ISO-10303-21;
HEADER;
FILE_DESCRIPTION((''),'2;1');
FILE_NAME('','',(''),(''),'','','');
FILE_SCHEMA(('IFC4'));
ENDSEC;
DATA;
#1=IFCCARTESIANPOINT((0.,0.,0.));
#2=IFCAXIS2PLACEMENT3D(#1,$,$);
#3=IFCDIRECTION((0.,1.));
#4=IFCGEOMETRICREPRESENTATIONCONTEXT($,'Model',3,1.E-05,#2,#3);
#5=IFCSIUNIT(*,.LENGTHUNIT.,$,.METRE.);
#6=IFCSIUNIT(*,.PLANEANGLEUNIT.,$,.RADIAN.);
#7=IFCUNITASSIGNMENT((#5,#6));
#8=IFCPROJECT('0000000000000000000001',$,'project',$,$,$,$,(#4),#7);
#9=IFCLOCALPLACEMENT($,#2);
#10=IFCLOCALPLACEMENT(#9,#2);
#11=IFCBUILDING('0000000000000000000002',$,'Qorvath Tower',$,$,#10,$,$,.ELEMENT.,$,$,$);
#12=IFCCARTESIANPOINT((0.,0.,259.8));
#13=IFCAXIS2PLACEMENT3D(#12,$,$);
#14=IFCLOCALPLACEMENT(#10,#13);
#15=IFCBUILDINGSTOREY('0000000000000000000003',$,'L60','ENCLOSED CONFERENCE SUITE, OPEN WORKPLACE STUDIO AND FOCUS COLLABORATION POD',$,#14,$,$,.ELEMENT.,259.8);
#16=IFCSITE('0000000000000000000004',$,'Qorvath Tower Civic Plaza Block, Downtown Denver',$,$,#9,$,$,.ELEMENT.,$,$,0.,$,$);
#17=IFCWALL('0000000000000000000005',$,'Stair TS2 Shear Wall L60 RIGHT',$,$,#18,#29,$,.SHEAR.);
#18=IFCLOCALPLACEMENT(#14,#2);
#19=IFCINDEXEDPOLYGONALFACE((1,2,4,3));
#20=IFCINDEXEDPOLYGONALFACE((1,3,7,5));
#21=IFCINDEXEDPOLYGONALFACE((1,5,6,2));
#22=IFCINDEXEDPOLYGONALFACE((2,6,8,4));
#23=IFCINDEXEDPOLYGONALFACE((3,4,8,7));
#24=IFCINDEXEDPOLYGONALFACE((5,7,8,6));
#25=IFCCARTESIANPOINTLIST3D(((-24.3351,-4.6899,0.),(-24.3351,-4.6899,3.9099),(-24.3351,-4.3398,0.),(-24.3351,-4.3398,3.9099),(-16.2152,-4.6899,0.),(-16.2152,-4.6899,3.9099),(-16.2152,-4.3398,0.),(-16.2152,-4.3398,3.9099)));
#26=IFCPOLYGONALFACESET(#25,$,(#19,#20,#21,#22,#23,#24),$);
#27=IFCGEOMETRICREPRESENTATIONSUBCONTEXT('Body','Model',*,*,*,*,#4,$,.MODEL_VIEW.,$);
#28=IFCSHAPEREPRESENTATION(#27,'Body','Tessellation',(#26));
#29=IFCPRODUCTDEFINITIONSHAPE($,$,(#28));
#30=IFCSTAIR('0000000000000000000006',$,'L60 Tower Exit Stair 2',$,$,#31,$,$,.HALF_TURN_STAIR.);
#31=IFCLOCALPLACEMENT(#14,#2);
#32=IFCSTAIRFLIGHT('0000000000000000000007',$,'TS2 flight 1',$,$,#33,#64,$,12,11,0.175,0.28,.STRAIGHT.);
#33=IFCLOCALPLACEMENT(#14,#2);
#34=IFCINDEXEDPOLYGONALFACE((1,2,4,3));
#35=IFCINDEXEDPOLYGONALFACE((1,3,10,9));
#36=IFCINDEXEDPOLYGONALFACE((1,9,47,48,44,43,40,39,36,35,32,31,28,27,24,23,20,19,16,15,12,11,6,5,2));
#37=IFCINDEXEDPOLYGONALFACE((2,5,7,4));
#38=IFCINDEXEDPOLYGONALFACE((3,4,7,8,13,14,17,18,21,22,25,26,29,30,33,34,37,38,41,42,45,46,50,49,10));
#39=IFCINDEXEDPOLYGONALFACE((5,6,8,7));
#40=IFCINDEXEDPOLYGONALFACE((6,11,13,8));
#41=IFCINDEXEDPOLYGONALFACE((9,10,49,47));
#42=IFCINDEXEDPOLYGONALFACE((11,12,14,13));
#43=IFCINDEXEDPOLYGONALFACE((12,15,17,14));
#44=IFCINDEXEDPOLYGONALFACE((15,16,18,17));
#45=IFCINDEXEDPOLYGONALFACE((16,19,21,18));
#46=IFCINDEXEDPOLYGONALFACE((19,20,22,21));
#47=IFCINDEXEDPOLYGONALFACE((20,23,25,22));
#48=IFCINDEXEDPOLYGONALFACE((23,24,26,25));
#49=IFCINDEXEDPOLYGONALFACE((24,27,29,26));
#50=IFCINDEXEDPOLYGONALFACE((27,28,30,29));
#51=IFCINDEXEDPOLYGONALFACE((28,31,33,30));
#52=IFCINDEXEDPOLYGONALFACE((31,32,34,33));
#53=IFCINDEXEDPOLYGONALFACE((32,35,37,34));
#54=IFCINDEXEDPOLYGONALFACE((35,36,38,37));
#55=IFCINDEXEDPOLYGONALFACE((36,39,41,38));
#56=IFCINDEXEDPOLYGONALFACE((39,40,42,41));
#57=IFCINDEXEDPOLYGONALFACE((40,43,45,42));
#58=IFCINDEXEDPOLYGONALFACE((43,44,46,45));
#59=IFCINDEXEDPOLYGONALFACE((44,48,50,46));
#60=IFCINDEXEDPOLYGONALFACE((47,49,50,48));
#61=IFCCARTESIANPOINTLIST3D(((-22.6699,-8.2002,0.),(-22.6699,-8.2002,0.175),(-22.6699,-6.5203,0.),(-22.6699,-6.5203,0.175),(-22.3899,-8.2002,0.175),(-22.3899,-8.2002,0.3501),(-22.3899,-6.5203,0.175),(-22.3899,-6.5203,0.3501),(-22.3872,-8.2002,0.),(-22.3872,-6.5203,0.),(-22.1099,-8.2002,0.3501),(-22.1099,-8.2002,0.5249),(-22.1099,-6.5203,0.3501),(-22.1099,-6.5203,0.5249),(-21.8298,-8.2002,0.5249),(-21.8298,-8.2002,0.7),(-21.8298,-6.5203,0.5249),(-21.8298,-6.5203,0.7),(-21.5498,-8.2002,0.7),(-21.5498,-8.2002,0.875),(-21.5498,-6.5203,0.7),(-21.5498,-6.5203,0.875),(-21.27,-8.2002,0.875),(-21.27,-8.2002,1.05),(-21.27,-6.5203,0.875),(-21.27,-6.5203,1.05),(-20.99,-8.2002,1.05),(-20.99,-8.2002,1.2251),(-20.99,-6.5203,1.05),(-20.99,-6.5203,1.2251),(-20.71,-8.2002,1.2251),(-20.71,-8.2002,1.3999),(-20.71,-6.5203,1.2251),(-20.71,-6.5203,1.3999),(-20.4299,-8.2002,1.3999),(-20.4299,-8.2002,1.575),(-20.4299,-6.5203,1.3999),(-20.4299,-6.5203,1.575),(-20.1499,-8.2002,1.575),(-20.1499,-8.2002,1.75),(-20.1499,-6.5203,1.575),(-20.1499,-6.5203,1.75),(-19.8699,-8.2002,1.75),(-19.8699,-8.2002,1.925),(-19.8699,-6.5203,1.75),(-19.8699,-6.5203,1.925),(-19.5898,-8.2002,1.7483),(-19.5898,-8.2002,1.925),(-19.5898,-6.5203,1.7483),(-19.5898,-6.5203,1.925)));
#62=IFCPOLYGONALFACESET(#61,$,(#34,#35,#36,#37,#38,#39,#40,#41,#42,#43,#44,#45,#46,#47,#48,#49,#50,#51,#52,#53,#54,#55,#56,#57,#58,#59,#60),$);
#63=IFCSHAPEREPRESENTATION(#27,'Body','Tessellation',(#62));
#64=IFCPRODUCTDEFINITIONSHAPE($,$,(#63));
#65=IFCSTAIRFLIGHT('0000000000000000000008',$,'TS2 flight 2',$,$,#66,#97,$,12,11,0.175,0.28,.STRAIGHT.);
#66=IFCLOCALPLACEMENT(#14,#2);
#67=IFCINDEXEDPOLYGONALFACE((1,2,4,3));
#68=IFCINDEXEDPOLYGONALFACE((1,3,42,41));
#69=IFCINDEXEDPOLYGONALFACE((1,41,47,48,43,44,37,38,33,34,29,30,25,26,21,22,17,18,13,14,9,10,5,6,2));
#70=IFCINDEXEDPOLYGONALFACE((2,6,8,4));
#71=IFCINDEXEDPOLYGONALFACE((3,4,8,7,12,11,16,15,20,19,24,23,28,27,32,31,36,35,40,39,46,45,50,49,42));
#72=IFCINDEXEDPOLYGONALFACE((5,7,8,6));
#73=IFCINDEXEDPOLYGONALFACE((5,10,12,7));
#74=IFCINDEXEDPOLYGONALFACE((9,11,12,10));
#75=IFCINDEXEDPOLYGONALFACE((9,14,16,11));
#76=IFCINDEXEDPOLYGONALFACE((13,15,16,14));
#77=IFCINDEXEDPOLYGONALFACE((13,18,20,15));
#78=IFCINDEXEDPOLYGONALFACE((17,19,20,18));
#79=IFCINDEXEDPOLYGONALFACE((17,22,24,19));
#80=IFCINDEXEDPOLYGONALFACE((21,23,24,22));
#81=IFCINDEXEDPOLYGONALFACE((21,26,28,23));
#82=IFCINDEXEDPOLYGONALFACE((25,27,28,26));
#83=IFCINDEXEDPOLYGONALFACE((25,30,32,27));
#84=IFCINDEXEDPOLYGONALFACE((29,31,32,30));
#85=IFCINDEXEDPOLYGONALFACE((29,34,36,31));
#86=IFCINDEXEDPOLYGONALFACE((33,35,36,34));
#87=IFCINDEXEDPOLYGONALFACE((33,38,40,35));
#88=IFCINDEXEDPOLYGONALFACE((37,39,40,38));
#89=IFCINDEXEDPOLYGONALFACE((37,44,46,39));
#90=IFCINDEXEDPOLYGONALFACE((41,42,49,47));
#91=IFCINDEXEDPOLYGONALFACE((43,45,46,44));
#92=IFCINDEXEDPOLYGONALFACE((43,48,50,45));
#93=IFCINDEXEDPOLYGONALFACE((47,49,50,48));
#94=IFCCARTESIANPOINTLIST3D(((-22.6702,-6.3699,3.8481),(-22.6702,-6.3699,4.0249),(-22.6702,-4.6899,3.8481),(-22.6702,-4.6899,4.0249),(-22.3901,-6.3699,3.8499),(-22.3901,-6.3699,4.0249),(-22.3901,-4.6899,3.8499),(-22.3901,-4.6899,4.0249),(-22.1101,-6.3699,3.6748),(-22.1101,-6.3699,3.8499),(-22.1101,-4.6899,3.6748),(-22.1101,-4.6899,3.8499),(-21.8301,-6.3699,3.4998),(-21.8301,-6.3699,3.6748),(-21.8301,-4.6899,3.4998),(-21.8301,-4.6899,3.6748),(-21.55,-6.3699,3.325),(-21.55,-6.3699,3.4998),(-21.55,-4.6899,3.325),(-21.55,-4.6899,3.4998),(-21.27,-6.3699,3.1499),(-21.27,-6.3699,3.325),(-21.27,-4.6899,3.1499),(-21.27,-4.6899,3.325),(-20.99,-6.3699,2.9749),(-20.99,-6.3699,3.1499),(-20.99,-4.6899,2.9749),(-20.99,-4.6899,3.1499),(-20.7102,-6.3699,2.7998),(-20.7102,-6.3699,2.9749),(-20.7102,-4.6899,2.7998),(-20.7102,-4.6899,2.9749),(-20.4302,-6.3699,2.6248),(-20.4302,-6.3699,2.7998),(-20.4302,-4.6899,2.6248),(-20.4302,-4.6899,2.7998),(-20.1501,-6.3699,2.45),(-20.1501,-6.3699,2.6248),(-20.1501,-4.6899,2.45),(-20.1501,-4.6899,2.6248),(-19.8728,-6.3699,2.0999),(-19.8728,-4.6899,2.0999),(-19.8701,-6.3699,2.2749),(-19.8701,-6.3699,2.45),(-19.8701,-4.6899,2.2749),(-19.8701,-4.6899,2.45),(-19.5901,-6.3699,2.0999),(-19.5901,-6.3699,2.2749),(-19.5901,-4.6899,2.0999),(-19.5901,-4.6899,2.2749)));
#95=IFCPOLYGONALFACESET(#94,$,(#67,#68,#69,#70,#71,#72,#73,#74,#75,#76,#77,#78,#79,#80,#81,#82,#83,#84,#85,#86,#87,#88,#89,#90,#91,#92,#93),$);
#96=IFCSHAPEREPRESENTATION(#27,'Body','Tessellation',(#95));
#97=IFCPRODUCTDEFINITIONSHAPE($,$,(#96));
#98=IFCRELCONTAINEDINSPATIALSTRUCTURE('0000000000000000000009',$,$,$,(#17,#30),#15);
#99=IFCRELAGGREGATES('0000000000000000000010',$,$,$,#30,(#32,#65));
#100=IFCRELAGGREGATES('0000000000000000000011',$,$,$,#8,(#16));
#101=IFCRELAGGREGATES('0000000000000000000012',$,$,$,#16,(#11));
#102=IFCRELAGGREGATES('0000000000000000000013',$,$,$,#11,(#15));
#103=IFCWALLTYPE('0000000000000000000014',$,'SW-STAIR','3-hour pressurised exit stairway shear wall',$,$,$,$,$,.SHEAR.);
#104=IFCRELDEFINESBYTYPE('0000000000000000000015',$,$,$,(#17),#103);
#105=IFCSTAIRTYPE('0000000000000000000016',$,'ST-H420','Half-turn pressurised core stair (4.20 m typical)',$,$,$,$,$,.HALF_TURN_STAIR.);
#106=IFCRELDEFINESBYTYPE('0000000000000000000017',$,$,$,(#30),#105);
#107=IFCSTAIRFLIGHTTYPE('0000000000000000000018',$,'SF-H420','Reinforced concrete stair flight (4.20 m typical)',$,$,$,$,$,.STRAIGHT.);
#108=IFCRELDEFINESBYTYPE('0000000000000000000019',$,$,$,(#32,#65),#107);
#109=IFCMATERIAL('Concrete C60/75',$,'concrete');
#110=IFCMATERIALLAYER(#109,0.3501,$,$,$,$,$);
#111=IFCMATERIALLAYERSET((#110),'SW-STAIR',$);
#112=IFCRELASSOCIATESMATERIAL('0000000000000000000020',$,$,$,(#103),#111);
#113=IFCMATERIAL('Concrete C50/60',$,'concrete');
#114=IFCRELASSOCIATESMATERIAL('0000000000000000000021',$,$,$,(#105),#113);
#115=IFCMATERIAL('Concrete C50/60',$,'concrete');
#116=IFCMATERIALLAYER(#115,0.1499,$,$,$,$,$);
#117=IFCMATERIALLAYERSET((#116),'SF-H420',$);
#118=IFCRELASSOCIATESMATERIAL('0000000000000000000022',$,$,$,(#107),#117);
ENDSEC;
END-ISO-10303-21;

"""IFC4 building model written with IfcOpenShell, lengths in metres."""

from ifc_helpers import new_model, si_unit, direction, frame, frame_2d, origin, place, context, subcontext, project, spatial, polyline, rectangle, outline, extrude, material, layer, layer_set, type_object, element, aggregate, save


model = new_model("IFC4")

# Units and contexts
model_context = context("Model", 3, precision=1e-05, world=origin(), true_north=direction((0.0, 1.0)))
body_context = subcontext(model_context, "Body", "Model", "MODEL_VIEW")
ifc_project = project(units=[si_unit("LENGTHUNIT", "METRE"), si_unit("PLANEANGLEUNIT", "RADIAN")], contexts=[model_context])

# Site, building, storey
site_placement = place(None, origin())
site = spatial("IfcSite", under=ifc_project, at=site_placement, Name="Qorvath Tower Civic Plaza Block, Downtown Denver", CompositionType="ELEMENT", RefElevation=0.0)
building_placement = place(site_placement, origin())
building = spatial("IfcBuilding", under=site, at=building_placement, Name="Qorvath Tower", CompositionType="ELEMENT")
storey_placement = place(building_placement, frame((0.0, 0.0, 259.8)))
storey = spatial("IfcBuildingStorey", under=building, at=storey_placement, Name="L60", Description="ENCLOSED CONFERENCE SUITE, OPEN WORKPLACE STUDIO AND FOCUS COLLABORATION POD", CompositionType="ELEMENT", Elevation=259.8)

# Wall
ifc_material_1 = material(Name="Concrete C60/75", Category="concrete")
ifc_layer_1 = layer(ifc_material_1, 0.3501)
ifc_layer_set_1 = layer_set([ifc_layer_1], Name="SW-STAIR")
wall_type_1 = type_object("IfcWallType", Name="SW-STAIR", Description="3-hour pressurised exit stairway shear wall", PredefinedType="SHEAR", material=ifc_layer_set_1)
wall_1_placement = place(storey_placement, frame((-16.2151, -4.5149, 0.0), z_axis=(0.0, 0.0, 1.0), x_axis=(-1.0, 0.0, 0.0)))
element("IfcWall", 1, at=wall_1_placement, inside=storey, type_object=wall_type_1, Name="Stair TS2 Shear Wall L60 RIGHT", PredefinedType="SHEAR", context=body_context, shape_type="SweptSolid", body=[
    extrude(rectangle(XDim=8.1199, YDim=0.3501, at=frame_2d((4.0601, 0.0))), origin(), (0.0, 0.0, 1.0), 3.9099),
])

# Stair, stair flights
ifc_material_2 = material(Name="Concrete C50/60", Category="concrete")
stair_type = type_object("IfcStairType", Name="ST-H420", Description="Half-turn pressurised core stair (4.20 m typical)", PredefinedType="HALF_TURN_STAIR", material=ifc_material_2)
stair_placement = place(storey_placement, origin())
stair = element("IfcStair", 2, at=stair_placement, inside=storey, type_object=stair_type, Name="L60 Tower Exit Stair 2", PredefinedType="HALF_TURN_STAIR")
ifc_material_3 = material(Name="Concrete C50/60", Category="concrete")
ifc_layer_2 = layer(ifc_material_3, 0.1499)
ifc_layer_set_2 = layer_set([ifc_layer_2], Name="SF-H420")
stair_flight_type = type_object("IfcStairFlightType", Name="SF-H420", Description="Reinforced concrete stair flight (4.20 m typical)", PredefinedType="STRAIGHT", material=ifc_layer_set_2)
stair_flight_1_placement = place(storey_placement, frame((-22.6699, -7.3601, 0.0), z_axis=(0.0, 0.0, 1.0), x_axis=(1.0, 0.0, 0.0)))
stair_flight_1 = element("IfcStairFlight", 3, at=stair_flight_1_placement, type_object=stair_flight_type, Name="TS2 flight 1", NumberOfRisers=12, NumberOfTreads=11, PredefinedType="STRAIGHT", RiserHeight=0.175, TreadLength=0.28, context=body_context, shape_type="SweptSolid", body=[
    extrude(outline(polyline([(0.0, 0.0), (0.0, 0.175), (0.28, 0.175), (0.28, 0.3501), (0.5601, 0.3501), (0.5601, 0.5249), (0.8401, 0.5249), (0.8401, 0.7), (1.1201, 0.7), (1.1201, 0.875), (1.3999, 0.875), (1.3999, 1.05), (1.6799, 1.05), (1.6799, 1.2251), (1.96, 1.2251), (1.96, 1.3999), (2.24, 1.3999), (2.24, 1.575), (2.52, 1.575), (2.52, 1.75), (2.8, 1.75), (2.8, 1.925), (3.0801, 1.925), (3.0801, 2.1001), (3.0801, 1.7483), (0.2827, 0.0), (0.0, 0.0)])), frame((0.0, 0.8398, 0.0), z_axis=(0.0, -1.0, 0.0), x_axis=(1.0, 0.0, 0.0)), (0.0, 0.0, 1.0), 1.6799),
])
stair_flight_2_placement = place(storey_placement, frame((-19.5901, -5.53, 2.0999), z_axis=(0.0, 0.0, 1.0), x_axis=(-1.0, 0.0, 0.0)))
stair_flight_2 = element("IfcStairFlight", 4, at=stair_flight_2_placement, type_object=stair_flight_type, Name="TS2 flight 2", NumberOfRisers=12, NumberOfTreads=11, PredefinedType="STRAIGHT", RiserHeight=0.175, TreadLength=0.28, context=body_context, shape_type="SweptSolid", body=[
    extrude(outline(polyline([(0.0, 0.0), (0.0, 0.175), (0.28, 0.175), (0.28, 0.3501), (0.5601, 0.3501), (0.5601, 0.5249), (0.8401, 0.5249), (0.8401, 0.7), (1.1201, 0.7), (1.1201, 0.875), (1.3999, 0.875), (1.3999, 1.05), (1.6799, 1.05), (1.6799, 1.2251), (1.96, 1.2251), (1.96, 1.3999), (2.24, 1.3999), (2.24, 1.575), (2.52, 1.575), (2.52, 1.75), (2.8, 1.75), (2.8, 1.925), (3.0801, 1.925), (3.0801, 2.1001), (3.0801, 1.7483), (0.2827, 0.0), (0.0, 0.0)])), frame((0.0, 0.8398, 0.0), z_axis=(0.0, -1.0, 0.0), x_axis=(1.0, 0.0, 0.0)), (0.0, 0.0, 1.0), 1.6799),
])
aggregate(stair, [stair_flight_1, stair_flight_2])

save(model, "model.ifc")
